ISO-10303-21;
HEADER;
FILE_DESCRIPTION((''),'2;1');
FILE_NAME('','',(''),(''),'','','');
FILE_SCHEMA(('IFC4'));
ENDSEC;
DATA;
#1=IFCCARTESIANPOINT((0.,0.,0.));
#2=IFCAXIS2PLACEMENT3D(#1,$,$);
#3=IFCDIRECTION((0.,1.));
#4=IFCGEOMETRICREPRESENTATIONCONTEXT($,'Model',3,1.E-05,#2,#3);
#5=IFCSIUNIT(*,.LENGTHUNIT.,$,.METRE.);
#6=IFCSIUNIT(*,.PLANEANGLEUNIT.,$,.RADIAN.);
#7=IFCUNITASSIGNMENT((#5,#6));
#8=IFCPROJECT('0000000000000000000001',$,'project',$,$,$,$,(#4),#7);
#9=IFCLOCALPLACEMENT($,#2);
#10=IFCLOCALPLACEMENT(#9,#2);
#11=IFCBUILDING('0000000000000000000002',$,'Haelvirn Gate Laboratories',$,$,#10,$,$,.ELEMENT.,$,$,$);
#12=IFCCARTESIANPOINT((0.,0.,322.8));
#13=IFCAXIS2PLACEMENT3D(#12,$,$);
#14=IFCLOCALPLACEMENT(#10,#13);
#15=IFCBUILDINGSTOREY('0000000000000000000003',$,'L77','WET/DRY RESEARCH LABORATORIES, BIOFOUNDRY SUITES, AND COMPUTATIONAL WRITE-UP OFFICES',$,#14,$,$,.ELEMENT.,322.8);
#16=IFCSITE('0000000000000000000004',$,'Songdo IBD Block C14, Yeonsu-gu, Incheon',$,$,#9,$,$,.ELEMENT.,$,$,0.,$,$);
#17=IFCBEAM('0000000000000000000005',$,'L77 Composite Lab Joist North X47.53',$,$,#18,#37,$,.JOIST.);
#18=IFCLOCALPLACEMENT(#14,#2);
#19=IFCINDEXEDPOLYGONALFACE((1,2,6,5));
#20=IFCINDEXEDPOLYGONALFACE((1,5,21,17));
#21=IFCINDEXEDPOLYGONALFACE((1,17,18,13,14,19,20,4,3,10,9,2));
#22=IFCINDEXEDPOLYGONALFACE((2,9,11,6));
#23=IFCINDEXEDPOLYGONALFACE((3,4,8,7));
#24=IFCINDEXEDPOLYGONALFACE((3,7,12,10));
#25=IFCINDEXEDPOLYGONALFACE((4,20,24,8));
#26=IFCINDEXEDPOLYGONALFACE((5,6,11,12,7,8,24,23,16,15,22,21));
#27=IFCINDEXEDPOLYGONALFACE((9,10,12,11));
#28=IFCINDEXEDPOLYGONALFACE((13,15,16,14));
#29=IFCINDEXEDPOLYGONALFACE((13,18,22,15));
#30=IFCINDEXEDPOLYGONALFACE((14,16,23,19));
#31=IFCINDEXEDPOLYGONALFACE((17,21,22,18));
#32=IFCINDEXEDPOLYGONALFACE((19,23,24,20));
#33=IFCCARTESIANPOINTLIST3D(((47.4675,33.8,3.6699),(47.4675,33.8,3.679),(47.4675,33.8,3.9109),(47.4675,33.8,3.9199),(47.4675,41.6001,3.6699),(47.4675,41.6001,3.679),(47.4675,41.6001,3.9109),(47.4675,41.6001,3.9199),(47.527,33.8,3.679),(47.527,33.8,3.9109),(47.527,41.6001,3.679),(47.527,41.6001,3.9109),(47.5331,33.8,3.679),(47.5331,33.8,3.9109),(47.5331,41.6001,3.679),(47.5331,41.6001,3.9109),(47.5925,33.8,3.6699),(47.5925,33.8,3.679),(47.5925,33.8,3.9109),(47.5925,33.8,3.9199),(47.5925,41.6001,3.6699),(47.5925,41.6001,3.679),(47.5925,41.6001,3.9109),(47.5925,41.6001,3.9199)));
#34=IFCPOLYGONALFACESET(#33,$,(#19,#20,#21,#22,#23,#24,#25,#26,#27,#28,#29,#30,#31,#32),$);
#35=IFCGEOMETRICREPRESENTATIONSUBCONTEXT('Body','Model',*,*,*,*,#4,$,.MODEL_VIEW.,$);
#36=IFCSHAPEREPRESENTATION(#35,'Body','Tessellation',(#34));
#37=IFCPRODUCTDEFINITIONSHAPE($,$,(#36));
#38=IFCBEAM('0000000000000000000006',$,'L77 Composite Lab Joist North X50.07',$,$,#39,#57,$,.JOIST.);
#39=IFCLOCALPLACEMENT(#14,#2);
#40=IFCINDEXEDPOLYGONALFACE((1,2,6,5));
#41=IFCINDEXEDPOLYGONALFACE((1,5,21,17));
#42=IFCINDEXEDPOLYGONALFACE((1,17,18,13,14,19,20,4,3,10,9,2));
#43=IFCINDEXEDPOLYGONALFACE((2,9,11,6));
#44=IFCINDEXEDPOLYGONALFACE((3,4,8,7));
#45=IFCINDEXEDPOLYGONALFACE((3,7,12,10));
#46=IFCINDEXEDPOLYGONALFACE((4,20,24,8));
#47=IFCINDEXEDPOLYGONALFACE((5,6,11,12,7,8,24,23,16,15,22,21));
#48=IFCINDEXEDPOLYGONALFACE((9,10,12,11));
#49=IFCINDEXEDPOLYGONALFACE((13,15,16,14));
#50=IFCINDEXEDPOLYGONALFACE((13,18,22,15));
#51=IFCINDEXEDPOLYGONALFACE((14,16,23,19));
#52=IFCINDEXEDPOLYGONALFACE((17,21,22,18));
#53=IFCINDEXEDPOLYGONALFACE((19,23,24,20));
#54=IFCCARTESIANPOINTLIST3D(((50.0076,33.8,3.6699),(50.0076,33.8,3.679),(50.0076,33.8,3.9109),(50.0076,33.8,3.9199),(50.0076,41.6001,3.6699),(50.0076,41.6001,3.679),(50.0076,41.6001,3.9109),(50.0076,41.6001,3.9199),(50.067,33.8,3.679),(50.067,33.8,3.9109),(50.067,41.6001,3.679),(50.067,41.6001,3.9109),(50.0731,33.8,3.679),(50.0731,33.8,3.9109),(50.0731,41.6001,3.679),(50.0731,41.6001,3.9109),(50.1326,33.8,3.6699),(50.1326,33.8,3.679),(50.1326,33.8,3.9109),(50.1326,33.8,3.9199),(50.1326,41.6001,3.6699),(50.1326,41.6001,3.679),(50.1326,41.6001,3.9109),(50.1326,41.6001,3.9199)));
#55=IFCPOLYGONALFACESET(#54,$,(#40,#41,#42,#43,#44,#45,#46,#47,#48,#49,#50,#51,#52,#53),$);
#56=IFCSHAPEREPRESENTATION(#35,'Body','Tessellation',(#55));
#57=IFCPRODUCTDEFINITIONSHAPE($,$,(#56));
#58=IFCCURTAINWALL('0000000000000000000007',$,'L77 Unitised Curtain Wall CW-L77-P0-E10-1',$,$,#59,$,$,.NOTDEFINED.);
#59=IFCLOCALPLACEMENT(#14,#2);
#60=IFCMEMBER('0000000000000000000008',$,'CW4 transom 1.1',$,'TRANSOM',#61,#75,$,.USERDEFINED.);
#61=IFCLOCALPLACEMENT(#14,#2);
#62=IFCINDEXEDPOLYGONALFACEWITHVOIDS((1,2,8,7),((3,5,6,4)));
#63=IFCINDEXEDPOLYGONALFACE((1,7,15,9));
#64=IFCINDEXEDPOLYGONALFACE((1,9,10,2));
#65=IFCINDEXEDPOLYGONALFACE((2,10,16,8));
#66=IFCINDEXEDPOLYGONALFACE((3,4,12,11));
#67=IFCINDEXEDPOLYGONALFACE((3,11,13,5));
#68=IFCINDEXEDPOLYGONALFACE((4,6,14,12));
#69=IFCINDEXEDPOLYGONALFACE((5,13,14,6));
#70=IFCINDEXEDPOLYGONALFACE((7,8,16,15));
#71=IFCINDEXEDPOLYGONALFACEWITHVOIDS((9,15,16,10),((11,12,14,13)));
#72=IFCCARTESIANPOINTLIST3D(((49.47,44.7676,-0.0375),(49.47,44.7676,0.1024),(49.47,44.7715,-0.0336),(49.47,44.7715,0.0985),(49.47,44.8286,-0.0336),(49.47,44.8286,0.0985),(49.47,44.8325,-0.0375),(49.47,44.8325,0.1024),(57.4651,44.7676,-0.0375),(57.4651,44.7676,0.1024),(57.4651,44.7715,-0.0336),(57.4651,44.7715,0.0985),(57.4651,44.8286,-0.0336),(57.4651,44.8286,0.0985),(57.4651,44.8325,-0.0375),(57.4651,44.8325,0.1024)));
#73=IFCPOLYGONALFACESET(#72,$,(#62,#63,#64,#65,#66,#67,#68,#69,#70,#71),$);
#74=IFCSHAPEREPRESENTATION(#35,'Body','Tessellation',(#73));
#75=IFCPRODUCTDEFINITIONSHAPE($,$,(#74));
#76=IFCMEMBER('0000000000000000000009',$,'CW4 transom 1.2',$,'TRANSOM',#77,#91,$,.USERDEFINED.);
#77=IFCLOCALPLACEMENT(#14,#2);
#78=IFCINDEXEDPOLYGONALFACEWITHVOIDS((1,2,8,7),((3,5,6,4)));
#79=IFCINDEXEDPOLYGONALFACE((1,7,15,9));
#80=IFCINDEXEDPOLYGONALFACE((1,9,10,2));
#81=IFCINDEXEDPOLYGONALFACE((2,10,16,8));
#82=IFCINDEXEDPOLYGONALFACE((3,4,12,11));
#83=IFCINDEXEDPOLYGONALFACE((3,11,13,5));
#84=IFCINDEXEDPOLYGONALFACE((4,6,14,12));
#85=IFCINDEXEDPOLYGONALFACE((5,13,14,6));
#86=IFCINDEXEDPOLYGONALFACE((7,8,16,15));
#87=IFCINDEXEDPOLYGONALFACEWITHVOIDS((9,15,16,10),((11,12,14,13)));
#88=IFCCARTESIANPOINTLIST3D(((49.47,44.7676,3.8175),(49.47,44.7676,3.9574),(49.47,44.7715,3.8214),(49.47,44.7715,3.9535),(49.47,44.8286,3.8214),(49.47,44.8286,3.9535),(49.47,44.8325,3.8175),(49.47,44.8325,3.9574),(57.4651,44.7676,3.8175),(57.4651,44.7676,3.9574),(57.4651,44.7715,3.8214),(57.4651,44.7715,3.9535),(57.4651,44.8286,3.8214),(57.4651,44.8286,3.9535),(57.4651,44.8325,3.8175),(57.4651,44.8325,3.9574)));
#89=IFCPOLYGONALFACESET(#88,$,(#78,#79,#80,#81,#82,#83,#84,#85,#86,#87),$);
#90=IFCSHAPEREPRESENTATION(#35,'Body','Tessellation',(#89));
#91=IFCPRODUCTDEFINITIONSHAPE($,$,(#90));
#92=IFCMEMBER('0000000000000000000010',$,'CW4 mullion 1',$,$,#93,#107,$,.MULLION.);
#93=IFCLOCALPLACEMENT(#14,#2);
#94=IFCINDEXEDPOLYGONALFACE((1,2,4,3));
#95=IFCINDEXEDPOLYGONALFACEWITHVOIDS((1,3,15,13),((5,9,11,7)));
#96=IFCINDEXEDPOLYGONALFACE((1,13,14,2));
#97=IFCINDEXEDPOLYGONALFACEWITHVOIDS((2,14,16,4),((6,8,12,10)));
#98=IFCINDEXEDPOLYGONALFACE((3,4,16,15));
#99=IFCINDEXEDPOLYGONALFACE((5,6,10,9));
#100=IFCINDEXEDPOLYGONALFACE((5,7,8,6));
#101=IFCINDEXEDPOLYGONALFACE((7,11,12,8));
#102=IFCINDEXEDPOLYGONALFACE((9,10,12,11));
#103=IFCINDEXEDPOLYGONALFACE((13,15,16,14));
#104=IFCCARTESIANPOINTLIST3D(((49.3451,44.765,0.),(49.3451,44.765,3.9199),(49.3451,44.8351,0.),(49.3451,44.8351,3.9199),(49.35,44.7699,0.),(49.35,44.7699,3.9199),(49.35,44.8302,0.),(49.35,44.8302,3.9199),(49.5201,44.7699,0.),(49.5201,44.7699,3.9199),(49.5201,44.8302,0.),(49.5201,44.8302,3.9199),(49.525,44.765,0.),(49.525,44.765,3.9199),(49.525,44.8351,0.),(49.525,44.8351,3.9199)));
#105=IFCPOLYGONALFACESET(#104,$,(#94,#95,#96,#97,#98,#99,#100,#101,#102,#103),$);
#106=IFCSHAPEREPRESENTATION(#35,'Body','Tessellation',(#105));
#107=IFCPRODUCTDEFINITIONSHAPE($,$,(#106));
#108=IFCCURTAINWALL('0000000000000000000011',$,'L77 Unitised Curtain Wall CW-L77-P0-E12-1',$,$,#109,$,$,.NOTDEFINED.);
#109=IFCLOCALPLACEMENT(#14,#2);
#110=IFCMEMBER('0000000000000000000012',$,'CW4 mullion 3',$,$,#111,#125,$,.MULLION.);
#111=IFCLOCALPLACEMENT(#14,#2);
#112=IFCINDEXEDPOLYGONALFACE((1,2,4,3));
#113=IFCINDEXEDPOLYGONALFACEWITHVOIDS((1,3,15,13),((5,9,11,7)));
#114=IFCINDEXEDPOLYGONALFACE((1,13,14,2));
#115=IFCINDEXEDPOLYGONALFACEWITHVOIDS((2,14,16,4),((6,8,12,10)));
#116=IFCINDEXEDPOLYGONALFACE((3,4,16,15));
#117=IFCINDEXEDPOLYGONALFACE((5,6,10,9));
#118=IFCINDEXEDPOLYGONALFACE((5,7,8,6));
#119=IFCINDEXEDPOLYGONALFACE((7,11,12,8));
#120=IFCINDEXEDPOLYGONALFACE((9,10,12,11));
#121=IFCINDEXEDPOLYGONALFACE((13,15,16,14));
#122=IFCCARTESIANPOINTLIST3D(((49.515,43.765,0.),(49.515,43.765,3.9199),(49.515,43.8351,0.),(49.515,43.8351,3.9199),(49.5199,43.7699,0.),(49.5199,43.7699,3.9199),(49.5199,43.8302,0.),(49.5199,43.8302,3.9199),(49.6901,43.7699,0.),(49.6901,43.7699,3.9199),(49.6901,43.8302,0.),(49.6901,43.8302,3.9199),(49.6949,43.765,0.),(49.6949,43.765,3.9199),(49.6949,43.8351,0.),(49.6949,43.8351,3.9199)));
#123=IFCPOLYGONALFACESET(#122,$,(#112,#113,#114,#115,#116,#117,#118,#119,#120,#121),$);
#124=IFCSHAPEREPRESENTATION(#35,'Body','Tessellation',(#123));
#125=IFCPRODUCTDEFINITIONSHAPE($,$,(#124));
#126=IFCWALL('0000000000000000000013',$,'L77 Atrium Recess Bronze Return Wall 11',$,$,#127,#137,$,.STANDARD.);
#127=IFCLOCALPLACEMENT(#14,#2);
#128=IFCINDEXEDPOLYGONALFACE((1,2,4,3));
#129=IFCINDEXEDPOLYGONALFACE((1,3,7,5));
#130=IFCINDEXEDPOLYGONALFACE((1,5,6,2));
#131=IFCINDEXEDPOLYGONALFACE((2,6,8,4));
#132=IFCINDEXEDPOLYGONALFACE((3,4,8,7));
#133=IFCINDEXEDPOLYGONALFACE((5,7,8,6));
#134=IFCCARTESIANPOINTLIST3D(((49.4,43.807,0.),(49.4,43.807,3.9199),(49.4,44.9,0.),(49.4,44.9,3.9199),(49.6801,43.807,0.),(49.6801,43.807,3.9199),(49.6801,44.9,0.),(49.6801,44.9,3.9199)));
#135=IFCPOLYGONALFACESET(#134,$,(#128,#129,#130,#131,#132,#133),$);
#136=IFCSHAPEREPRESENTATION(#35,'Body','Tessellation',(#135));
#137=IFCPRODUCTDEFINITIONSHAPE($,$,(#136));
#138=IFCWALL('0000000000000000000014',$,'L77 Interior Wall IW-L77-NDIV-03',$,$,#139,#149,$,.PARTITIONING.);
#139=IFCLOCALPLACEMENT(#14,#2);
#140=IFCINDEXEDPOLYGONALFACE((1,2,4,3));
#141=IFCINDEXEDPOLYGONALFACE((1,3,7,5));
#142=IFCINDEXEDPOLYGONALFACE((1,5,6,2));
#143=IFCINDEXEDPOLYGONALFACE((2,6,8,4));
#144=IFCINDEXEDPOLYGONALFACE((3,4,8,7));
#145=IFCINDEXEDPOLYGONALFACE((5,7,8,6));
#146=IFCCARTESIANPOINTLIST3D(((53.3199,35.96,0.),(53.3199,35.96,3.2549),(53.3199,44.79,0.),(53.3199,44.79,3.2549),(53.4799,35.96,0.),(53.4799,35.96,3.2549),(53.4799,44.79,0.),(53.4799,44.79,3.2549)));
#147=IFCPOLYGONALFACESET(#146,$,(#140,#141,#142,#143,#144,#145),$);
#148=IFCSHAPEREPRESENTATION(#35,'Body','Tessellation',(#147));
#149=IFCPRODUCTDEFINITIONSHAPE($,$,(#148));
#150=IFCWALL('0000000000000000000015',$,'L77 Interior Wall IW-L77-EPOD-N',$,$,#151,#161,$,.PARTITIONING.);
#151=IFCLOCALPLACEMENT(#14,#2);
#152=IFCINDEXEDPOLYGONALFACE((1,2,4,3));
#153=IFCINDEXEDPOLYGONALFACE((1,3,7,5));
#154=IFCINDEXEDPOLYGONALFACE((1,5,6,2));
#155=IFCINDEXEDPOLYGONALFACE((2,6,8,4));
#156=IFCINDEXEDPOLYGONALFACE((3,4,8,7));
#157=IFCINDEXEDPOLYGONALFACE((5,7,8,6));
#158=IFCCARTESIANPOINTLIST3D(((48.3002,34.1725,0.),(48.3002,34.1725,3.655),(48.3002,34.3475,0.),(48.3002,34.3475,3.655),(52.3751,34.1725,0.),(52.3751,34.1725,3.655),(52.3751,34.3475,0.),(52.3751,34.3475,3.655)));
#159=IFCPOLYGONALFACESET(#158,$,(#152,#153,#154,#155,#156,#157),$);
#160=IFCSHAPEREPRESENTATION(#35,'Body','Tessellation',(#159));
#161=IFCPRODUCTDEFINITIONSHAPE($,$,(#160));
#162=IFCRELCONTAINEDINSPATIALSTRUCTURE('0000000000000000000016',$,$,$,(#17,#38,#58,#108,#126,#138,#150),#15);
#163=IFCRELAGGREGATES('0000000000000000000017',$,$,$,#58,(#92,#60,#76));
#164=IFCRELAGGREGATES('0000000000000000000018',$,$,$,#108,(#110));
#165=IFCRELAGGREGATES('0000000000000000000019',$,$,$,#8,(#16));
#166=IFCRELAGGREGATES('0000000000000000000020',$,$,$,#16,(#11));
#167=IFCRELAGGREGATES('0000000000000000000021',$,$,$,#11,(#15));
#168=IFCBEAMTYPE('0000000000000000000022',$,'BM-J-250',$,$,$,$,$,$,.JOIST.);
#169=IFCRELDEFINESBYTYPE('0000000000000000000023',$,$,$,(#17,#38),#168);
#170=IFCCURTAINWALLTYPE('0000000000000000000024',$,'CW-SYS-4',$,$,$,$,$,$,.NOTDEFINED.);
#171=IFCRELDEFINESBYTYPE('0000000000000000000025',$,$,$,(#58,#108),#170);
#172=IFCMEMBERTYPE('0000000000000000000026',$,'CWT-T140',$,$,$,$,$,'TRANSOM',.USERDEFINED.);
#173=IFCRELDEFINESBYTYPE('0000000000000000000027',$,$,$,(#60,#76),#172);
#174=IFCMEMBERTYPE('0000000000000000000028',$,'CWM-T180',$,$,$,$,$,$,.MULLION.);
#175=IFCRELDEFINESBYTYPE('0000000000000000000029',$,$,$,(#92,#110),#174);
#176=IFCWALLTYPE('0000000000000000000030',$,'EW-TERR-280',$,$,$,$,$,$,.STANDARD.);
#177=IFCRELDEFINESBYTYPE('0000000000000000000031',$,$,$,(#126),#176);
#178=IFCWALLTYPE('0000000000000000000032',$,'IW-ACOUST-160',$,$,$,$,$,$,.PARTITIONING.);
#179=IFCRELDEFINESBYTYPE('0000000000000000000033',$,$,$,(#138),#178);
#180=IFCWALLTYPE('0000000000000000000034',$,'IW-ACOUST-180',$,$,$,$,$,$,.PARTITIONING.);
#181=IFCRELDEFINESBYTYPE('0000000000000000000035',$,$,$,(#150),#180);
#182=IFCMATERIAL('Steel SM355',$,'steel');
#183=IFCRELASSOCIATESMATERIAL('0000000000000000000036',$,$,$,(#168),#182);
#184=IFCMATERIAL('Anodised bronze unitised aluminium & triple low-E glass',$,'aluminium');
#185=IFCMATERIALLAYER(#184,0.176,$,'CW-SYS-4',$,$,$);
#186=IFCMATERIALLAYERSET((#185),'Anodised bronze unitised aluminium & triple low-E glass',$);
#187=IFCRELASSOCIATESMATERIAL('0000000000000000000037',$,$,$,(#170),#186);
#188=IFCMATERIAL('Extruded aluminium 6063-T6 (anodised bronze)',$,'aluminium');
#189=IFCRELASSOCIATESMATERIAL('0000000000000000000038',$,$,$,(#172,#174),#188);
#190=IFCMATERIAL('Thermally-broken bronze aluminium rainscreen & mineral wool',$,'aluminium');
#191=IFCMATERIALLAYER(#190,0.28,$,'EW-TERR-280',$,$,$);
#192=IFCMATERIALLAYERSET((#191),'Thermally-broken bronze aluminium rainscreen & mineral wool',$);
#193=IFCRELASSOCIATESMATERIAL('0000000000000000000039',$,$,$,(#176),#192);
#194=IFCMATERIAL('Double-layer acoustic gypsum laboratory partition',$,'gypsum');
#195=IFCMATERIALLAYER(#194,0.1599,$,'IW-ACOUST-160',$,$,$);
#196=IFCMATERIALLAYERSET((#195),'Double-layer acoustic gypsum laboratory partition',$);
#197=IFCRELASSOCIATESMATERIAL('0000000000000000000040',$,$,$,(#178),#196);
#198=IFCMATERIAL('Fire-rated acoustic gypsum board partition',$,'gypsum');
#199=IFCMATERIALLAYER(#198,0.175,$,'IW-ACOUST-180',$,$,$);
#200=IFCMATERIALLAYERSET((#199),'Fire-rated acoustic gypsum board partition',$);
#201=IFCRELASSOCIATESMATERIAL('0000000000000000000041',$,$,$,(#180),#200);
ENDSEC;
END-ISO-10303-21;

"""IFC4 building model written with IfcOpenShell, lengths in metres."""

from ifc_helpers import new_model, si_unit, direction, frame, frame_2d, origin, origin_2d, place, context, subcontext, project, spatial, rectangle, hollow_rectangle, i_section, extrude, source, transform, mapped, material, layer, layer_set, material_profile, profile_set, type_object, type_shapes, element, aggregate, save


model = new_model("IFC4")

# Units and contexts
model_context = context("Model", 3, precision=1e-05, world=origin(), true_north=direction((0.0, 1.0)))
body_context = subcontext(model_context, "Body", "Model", "MODEL_VIEW")
ifc_project = project(units=[si_unit("LENGTHUNIT", "METRE"), si_unit("PLANEANGLEUNIT", "RADIAN")], contexts=[model_context])

# Site, building, storey
site_placement = place(None, origin())
site = spatial("IfcSite", under=ifc_project, at=site_placement, Name="Songdo IBD Block C14, Yeonsu-gu, Incheon", CompositionType="ELEMENT", RefElevation=0.0)
building_placement = place(site_placement, origin())
building = spatial("IfcBuilding", under=site, at=building_placement, Name="Haelvirn Gate Laboratories", CompositionType="ELEMENT")
storey_placement = place(building_placement, frame((0.0, 0.0, 322.8)))
storey = spatial("IfcBuildingStorey", under=building, at=storey_placement, Name="L77", Description="WET/DRY RESEARCH LABORATORIES, BIOFOUNDRY SUITES, AND COMPUTATIONAL WRITE-UP OFFICES", CompositionType="ELEMENT", Elevation=322.8)

# Shared definitions
ifc_material_1 = material(Name="Steel SM355", Category="steel")

# Beams
ifc_material_profile_1 = material_profile(ifc_material_1, i_section(OverallWidth=0.125, OverallDepth=0.25, WebThickness=0.0061, FlangeThickness=0.009, at=origin_2d()), Name="H-250x125x6x9")
ifc_profile_set_1 = profile_set([ifc_material_profile_1], Name="Steel SM355")
beam_type_1 = type_object("IfcBeamType", Name="BM-J-250", PredefinedType="JOIST", material=ifc_profile_set_1)
shared_shape_1 = source(origin(), body_context, "Body", "SweptSolid", [
    extrude(i_section(OverallWidth=0.125, OverallDepth=0.25, WebThickness=0.0061, FlangeThickness=0.009, at=origin_2d()), origin(), (0.0, 0.0, 1.0), 7.8),
])
type_shapes(beam_type_1, [shared_shape_1])
for number, where, z_axis, x_axis, name in (
    (1, (47.53, 33.8, 3.7949), (0.0, 1.0, 0.0), (-1.0, 0.0, 0.0), "L77 Composite Lab Joist North X47.53"),
    (2, (50.0701, 33.8, 3.7949), (0.0, 1.0, 0.0), (-1.0, 0.0, 0.0), "L77 Composite Lab Joist North X50.07"),
):
    element("IfcBeam", number, at=place(storey_placement, frame(where, z_axis=z_axis, x_axis=x_axis)), inside=storey, type_object=beam_type_1, Name=name, PredefinedType="JOIST", context=body_context, shape_type="MappedRepresentation", body=[
        mapped(shared_shape_1, transform((0.0, 0.0, 0.0), scale=1.0)),
    ])

# Curtain wall, members
ifc_material_2 = material(Name="Anodised bronze unitised aluminium & triple low-E glass", Category="aluminium")
ifc_layer_1 = layer(ifc_material_2, 0.176, Name="CW-SYS-4")
ifc_layer_set_1 = layer_set([ifc_layer_1], Name="Anodised bronze unitised aluminium & triple low-E glass")
curtain_wall_type = type_object("IfcCurtainWallType", Name="CW-SYS-4", PredefinedType="NOTDEFINED", material=ifc_layer_set_1)
curtain_wall_1_placement = place(storey_placement, origin())
curtain_wall_1 = element("IfcCurtainWall", 3, at=curtain_wall_1_placement, inside=storey, type_object=curtain_wall_type, Name="L77 Unitised Curtain Wall CW-L77-P0-E10-1", PredefinedType="NOTDEFINED")
ifc_material_3 = material(Name="Extruded aluminium 6063-T6 (anodised bronze)", Category="aluminium")
ifc_material_profile_2 = material_profile(ifc_material_3, hollow_rectangle(XDim=0.0649, YDim=0.1399, WallThickness=0.0039, at=origin_2d()), Name="CWT-140x65x4")
ifc_profile_set_2 = profile_set([ifc_material_profile_2], Name="Extruded aluminium 6063-T6 (anodised bronze)")
member_type_1 = type_object("IfcMemberType", Name="CWT-T140", ElementType="TRANSOM", PredefinedType="USERDEFINED", material=ifc_profile_set_2)
shared_shape_2 = source(origin(), body_context, "Body", "SweptSolid", [
    extrude(hollow_rectangle(XDim=0.0649, YDim=0.1399, WallThickness=0.0039, at=origin_2d()), origin(), (0.0, 0.0, 1.0), 7.9951),
])
type_shapes(member_type_1, [shared_shape_2])
member_1_placement = place(storey_placement, frame((49.47, 44.8, 0.0325), z_axis=(1.0, 0.0, 0.0), x_axis=(0.0, 1.0, 0.0)))
member_1 = element("IfcMember", 4, at=member_1_placement, type_object=member_type_1, Name="CW4 transom 1.1", ObjectType="TRANSOM", PredefinedType="USERDEFINED", context=body_context, shape_type="MappedRepresentation", body=[
    mapped(shared_shape_2, transform((0.0, 0.0, 0.0), scale=1.0)),
])
member_2_placement = place(storey_placement, frame((49.47, 44.8, 3.8875), z_axis=(1.0, 0.0, 0.0), x_axis=(0.0, 1.0, 0.0)))
member_2 = element("IfcMember", 5, at=member_2_placement, type_object=member_type_1, Name="CW4 transom 1.2", ObjectType="TRANSOM", PredefinedType="USERDEFINED", context=body_context, shape_type="MappedRepresentation", body=[
    mapped(shared_shape_2, transform((0.0, 0.0, 0.0), scale=1.0)),
])
ifc_material_profile_3 = material_profile(ifc_material_3, hollow_rectangle(XDim=0.0701, YDim=0.1799, WallThickness=0.0049, at=origin_2d()), Name="CWM-180x70x5")
ifc_profile_set_3 = profile_set([ifc_material_profile_3], Name="Extruded aluminium 6063-T6 (anodised bronze)")
member_type_2 = type_object("IfcMemberType", Name="CWM-T180", PredefinedType="MULLION", material=ifc_profile_set_3)
shared_shape_3 = source(origin(), body_context, "Body", "SweptSolid", [
    extrude(hollow_rectangle(XDim=0.0701, YDim=0.1799, WallThickness=0.0049, at=origin_2d()), origin(), (0.0, 0.0, 1.0), 3.9199),
])
type_shapes(member_type_2, [shared_shape_3])
member_3_placement = place(storey_placement, frame((49.4351, 44.8, 0.0), z_axis=(0.0, 0.0, 1.0), x_axis=(0.0, 1.0, 0.0)))
member_3 = element("IfcMember", 6, at=member_3_placement, type_object=member_type_2, Name="CW4 mullion 1", PredefinedType="MULLION", context=body_context, shape_type="MappedRepresentation", body=[
    mapped(shared_shape_3, transform((0.0, 0.0, 0.0), scale=1.0)),
])
aggregate(curtain_wall_1, [member_3, member_1, member_2])

# Curtain wall, member
curtain_wall_2_placement = place(storey_placement, origin())
curtain_wall_2 = element("IfcCurtainWall", 7, at=curtain_wall_2_placement, inside=storey, type_object=curtain_wall_type, Name="L77 Unitised Curtain Wall CW-L77-P0-E12-1", PredefinedType="NOTDEFINED")
member_4_placement = place(storey_placement, frame((49.605, 43.8, 0.0), z_axis=(0.0, 0.0, 1.0), x_axis=(0.0, 1.0, 0.0)))
member_4 = element("IfcMember", 8, at=member_4_placement, type_object=member_type_2, Name="CW4 mullion 3", PredefinedType="MULLION", context=body_context, shape_type="MappedRepresentation", body=[
    mapped(shared_shape_3, transform((0.0, 0.0, 0.0), scale=1.0)),
])
aggregate(curtain_wall_2, [member_4])

# Walls
ifc_material_4 = material(Name="Thermally-broken bronze aluminium rainscreen & mineral wool", Category="aluminium")
ifc_layer_2 = layer(ifc_material_4, 0.28, Name="EW-TERR-280")
ifc_layer_set_2 = layer_set([ifc_layer_2], Name="Thermally-broken bronze aluminium rainscreen & mineral wool")
wall_type_1 = type_object("IfcWallType", Name="EW-TERR-280", PredefinedType="STANDARD", material=ifc_layer_set_2)
wall_1_placement = place(storey_placement, frame((49.54, 44.8999, 0.0), z_axis=(0.0, 0.0, 1.0), x_axis=(0.0, -1.0, 0.0)))
element("IfcWall", 9, at=wall_1_placement, inside=storey, type_object=wall_type_1, Name="L77 Atrium Recess Bronze Return Wall 11", PredefinedType="STANDARD", context=body_context, shape_type="SweptSolid", body=[
    extrude(rectangle(XDim=1.093, YDim=0.28, at=frame_2d((0.5464, 0.0))), origin(), (0.0, 0.0, 1.0), 3.9199),
])
ifc_material_5 = material(Name="Double-layer acoustic gypsum laboratory partition", Category="gypsum")
ifc_layer_3 = layer(ifc_material_5, 0.1599, Name="IW-ACOUST-160")
ifc_layer_set_3 = layer_set([ifc_layer_3], Name="Double-layer acoustic gypsum laboratory partition")
wall_type_2 = type_object("IfcWallType", Name="IW-ACOUST-160", PredefinedType="PARTITIONING", material=ifc_layer_set_3)
wall_2_placement = place(storey_placement, frame((53.3999, 35.96, 0.0), z_axis=(0.0, 0.0, 1.0), x_axis=(0.0, 1.0, 0.0)))
element("IfcWall", 10, at=wall_2_placement, inside=storey, type_object=wall_type_2, Name="L77 Interior Wall IW-L77-NDIV-03", PredefinedType="PARTITIONING", context=body_context, shape_type="SweptSolid", body=[
    extrude(rectangle(XDim=8.8301, YDim=0.1599, at=frame_2d((4.415, 0.0))), origin(), (0.0, 0.0, 1.0), 3.2549),
])
ifc_material_6 = material(Name="Fire-rated acoustic gypsum board partition", Category="gypsum")
ifc_layer_4 = layer(ifc_material_6, 0.175, Name="IW-ACOUST-180")
ifc_layer_set_4 = layer_set([ifc_layer_4], Name="Fire-rated acoustic gypsum board partition")
wall_type_3 = type_object("IfcWallType", Name="IW-ACOUST-180", PredefinedType="PARTITIONING", material=ifc_layer_set_4)
wall_3_placement = place(storey_placement, frame((48.3, 34.26, 0.0), z_axis=(0.0, 0.0, 1.0), x_axis=(1.0, 0.0, 0.0)))
element("IfcWall", 11, at=wall_3_placement, inside=storey, type_object=wall_type_3, Name="L77 Interior Wall IW-L77-EPOD-N", PredefinedType="PARTITIONING", context=body_context, shape_type="SweptSolid", body=[
    extrude(rectangle(XDim=4.075, YDim=0.175, at=frame_2d((2.0376, 0.0))), origin(), (0.0, 0.0, 1.0), 3.655),
])

save(model, "model.ifc")
